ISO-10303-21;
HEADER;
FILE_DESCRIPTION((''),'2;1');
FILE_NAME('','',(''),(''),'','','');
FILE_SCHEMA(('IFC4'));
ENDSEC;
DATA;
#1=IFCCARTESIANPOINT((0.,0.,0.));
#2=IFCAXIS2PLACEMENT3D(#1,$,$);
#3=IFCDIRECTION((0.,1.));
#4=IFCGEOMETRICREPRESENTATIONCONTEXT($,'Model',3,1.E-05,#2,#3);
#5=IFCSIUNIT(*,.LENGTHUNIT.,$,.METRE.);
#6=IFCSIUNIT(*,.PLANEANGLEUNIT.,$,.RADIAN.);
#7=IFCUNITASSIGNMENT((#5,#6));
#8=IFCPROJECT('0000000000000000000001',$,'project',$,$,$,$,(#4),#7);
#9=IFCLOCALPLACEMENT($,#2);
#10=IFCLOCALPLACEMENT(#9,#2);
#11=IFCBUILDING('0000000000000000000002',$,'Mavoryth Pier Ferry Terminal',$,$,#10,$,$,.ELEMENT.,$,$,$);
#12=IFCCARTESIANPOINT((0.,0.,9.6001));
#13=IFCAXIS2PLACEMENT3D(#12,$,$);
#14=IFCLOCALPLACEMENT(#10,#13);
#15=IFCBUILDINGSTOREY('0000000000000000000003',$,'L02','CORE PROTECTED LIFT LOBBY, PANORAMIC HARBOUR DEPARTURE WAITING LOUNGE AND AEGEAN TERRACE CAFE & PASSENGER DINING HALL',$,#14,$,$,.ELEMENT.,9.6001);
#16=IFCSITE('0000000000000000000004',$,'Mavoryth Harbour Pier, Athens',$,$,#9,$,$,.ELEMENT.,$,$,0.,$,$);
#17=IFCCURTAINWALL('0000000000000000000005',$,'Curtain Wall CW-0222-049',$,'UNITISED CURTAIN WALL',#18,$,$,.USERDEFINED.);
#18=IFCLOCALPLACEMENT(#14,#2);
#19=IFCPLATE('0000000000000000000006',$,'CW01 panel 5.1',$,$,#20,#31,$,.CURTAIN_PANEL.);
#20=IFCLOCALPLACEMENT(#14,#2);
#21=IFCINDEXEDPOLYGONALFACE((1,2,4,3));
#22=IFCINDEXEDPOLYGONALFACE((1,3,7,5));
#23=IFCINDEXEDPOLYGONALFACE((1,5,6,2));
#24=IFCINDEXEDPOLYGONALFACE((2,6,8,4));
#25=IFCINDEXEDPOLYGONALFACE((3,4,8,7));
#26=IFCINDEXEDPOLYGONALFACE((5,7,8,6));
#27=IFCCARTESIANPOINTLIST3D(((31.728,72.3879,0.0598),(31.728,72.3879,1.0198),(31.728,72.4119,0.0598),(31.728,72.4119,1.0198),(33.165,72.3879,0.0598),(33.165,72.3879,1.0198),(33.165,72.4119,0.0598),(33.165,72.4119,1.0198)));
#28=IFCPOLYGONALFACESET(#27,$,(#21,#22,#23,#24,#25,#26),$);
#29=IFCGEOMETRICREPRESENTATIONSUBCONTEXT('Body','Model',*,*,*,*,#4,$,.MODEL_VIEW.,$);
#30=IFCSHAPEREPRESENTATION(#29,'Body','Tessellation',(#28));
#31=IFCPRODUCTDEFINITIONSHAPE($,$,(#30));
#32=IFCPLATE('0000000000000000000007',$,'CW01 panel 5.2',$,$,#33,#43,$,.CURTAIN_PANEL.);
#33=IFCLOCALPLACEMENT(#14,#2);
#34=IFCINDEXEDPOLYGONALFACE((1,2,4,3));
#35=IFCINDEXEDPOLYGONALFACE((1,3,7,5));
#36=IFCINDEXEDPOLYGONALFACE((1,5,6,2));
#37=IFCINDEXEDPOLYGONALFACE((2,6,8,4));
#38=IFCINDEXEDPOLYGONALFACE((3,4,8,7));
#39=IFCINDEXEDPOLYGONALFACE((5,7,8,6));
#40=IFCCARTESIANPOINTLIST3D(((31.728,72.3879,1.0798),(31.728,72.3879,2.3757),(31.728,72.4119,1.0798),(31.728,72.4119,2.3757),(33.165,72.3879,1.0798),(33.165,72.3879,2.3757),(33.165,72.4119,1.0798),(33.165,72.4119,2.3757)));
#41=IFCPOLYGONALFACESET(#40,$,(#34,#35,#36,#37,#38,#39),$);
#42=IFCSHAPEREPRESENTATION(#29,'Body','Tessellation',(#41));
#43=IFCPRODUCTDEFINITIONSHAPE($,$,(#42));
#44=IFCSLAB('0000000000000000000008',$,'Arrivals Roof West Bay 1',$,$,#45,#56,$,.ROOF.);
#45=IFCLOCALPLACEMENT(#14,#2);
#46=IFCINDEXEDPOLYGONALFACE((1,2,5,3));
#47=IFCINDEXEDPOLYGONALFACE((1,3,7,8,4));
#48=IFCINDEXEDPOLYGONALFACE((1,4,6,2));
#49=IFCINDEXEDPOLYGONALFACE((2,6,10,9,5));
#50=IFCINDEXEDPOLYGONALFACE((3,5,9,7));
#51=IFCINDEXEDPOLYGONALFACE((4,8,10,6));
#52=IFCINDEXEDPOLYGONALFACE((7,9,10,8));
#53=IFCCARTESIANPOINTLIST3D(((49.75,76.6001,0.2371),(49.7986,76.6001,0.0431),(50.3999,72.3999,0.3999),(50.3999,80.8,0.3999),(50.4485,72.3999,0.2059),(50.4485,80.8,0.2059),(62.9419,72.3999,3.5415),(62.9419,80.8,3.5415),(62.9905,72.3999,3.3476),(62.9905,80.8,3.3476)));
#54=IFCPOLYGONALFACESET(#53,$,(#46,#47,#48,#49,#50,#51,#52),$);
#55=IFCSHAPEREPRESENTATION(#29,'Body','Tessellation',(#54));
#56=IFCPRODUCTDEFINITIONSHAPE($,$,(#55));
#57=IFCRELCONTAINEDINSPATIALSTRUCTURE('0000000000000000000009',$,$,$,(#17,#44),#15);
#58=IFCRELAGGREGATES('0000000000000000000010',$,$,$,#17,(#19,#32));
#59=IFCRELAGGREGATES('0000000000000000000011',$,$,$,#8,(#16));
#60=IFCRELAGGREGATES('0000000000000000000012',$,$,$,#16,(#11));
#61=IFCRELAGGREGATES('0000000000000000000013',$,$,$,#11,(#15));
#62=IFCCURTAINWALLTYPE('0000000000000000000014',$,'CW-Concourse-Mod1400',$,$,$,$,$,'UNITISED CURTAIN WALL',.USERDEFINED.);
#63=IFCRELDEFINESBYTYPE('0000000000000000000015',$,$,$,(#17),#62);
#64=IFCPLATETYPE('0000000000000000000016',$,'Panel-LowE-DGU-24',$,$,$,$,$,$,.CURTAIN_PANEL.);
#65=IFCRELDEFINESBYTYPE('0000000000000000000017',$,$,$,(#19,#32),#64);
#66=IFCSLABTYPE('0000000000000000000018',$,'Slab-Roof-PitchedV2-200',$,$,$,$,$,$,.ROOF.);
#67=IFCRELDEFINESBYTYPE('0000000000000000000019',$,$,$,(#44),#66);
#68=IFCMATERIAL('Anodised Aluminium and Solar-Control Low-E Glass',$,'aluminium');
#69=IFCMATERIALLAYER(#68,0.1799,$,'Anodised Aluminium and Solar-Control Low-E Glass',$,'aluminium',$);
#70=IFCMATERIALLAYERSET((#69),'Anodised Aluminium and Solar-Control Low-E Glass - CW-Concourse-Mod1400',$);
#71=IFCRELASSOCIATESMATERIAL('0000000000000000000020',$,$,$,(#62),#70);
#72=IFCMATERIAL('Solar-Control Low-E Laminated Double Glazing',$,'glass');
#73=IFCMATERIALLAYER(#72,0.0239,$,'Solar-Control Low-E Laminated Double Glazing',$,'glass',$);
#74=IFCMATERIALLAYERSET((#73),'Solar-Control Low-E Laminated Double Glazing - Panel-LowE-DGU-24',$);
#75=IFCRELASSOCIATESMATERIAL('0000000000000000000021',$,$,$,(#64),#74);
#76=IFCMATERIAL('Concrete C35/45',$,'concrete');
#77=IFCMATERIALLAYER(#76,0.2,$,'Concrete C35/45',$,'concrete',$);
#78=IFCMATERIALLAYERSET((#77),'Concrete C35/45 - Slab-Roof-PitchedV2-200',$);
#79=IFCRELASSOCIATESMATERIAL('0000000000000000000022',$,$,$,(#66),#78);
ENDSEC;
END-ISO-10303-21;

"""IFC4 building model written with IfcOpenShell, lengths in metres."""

from ifc_helpers import new_model, si_unit, direction, frame, origin, origin_2d, place, context, subcontext, project, spatial, polyline, rectangle, outline, extrude, material, layer, layer_set, type_object, element, aggregate, save


model = new_model("IFC4")

# Units and contexts
model_context = context("Model", 3, precision=1e-05, world=origin(), true_north=direction((0.0, 1.0)))
body_context = subcontext(model_context, "Body", "Model", "MODEL_VIEW")
ifc_project = project(units=[si_unit("LENGTHUNIT", "METRE"), si_unit("PLANEANGLEUNIT", "RADIAN")], contexts=[model_context])

# Site, building, storey
site_placement = place(None, origin())
site = spatial("IfcSite", under=ifc_project, at=site_placement, Name="Mavoryth Harbour Pier, Athens", CompositionType="ELEMENT", RefElevation=0.0)
building_placement = place(site_placement, origin())
building = spatial("IfcBuilding", under=site, at=building_placement, Name="Mavoryth Pier Ferry Terminal", CompositionType="ELEMENT")
storey_placement = place(building_placement, frame((0.0, 0.0, 9.6001)))
storey = spatial("IfcBuildingStorey", under=building, at=storey_placement, Name="L02", Description="CORE PROTECTED LIFT LOBBY, PANORAMIC HARBOUR DEPARTURE WAITING LOUNGE AND AEGEAN TERRACE CAFE & PASSENGER DINING HALL", CompositionType="ELEMENT", Elevation=9.6001)

# Shared definitions
ifc_material_1 = material(Name="Anodised Aluminium and Solar-Control Low-E Glass", Category="aluminium")
ifc_layer_1 = layer(ifc_material_1, 0.1799, Name="Anodised Aluminium and Solar-Control Low-E Glass", Category="aluminium")
ifc_layer_set_1 = layer_set([ifc_layer_1], Name="Anodised Aluminium and Solar-Control Low-E Glass - CW-Concourse-Mod1400")
curtain_wall_type = type_object("IfcCurtainWallType", Name="CW-Concourse-Mod1400", ElementType="UNITISED CURTAIN WALL", PredefinedType="USERDEFINED", material=ifc_layer_set_1)

# Curtain wall
curtain_wall_1_placement = place(storey_placement, origin())
curtain_wall_1 = element("IfcCurtainWall", 1, at=curtain_wall_1_placement, inside=storey, type_object=curtain_wall_type, Name="Curtain Wall CW-0222-049", ObjectType="UNITISED CURTAIN WALL", PredefinedType="USERDEFINED")

# Plates
ifc_material_2 = material(Name="Solar-Control Low-E Laminated Double Glazing", Category="glass")
ifc_layer_2 = layer(ifc_material_2, 0.0239, Name="Solar-Control Low-E Laminated Double Glazing", Category="glass")
ifc_layer_set_2 = layer_set([ifc_layer_2], Name="Solar-Control Low-E Laminated Double Glazing - Panel-LowE-DGU-24")
plate_type = type_object("IfcPlateType", Name="Panel-LowE-DGU-24", PredefinedType="CURTAIN_PANEL", material=ifc_layer_set_2)
plate_1_placement = place(storey_placement, frame((32.4465, 72.3999, 0.0598), z_axis=(0.0, 0.0, 1.0), x_axis=(1.0, 0.0, 0.0)))
plate_1 = element("IfcPlate", 2, at=plate_1_placement, type_object=plate_type, Name="CW01 panel 5.1", PredefinedType="CURTAIN_PANEL", context=body_context, shape_type="SweptSolid", body=[
    extrude(rectangle(XDim=1.437, YDim=0.0239, at=origin_2d()), origin(), (0.0, 0.0, 1.0), 0.96),
])
plate_2_placement = place(storey_placement, frame((32.4465, 72.3999, 1.0798), z_axis=(0.0, 0.0, 1.0), x_axis=(1.0, 0.0, 0.0)))
plate_2 = element("IfcPlate", 3, at=plate_2_placement, type_object=plate_type, Name="CW01 panel 5.2", PredefinedType="CURTAIN_PANEL", context=body_context, shape_type="SweptSolid", body=[
    extrude(rectangle(XDim=1.437, YDim=0.0239, at=origin_2d()), origin(), (0.0, 0.0, 1.0), 1.2959),
])
aggregate(curtain_wall_1, [plate_1, plate_2])

# Slab
ifc_material_3 = material(Name="Concrete C35/45", Category="concrete")
ifc_layer_3 = layer(ifc_material_3, 0.2, Name="Concrete C35/45", Category="concrete")
ifc_layer_set_3 = layer_set([ifc_layer_3], Name="Concrete C35/45 - Slab-Roof-PitchedV2-200")
slab_type = type_object("IfcSlabType", Name="Slab-Roof-PitchedV2-200", PredefinedType="ROOF", material=ifc_layer_set_3)
slab_placement = place(storey_placement, frame((50.3999, 72.3999, 0.3999), z_axis=(-0.242982, 0.0, 0.970031), x_axis=(0.970031, 0.0, 0.242982)))
element("IfcSlab", 4, at=slab_placement, inside=storey, type_object=slab_type, Name="Arrivals Roof West Bay 1", PredefinedType="ROOF", context=body_context, shape_type="SweptSolid", body=[
    extrude(outline(polyline([(0.0, 0.0), (12.9295, 0.0), (12.9295, 8.4001), (0.0, 8.4001), (-0.67, 4.2002), (0.0, 0.0)])), origin(), (0.0, 0.0, -1.0), 0.2),
])

save(model, "model.ifc")
